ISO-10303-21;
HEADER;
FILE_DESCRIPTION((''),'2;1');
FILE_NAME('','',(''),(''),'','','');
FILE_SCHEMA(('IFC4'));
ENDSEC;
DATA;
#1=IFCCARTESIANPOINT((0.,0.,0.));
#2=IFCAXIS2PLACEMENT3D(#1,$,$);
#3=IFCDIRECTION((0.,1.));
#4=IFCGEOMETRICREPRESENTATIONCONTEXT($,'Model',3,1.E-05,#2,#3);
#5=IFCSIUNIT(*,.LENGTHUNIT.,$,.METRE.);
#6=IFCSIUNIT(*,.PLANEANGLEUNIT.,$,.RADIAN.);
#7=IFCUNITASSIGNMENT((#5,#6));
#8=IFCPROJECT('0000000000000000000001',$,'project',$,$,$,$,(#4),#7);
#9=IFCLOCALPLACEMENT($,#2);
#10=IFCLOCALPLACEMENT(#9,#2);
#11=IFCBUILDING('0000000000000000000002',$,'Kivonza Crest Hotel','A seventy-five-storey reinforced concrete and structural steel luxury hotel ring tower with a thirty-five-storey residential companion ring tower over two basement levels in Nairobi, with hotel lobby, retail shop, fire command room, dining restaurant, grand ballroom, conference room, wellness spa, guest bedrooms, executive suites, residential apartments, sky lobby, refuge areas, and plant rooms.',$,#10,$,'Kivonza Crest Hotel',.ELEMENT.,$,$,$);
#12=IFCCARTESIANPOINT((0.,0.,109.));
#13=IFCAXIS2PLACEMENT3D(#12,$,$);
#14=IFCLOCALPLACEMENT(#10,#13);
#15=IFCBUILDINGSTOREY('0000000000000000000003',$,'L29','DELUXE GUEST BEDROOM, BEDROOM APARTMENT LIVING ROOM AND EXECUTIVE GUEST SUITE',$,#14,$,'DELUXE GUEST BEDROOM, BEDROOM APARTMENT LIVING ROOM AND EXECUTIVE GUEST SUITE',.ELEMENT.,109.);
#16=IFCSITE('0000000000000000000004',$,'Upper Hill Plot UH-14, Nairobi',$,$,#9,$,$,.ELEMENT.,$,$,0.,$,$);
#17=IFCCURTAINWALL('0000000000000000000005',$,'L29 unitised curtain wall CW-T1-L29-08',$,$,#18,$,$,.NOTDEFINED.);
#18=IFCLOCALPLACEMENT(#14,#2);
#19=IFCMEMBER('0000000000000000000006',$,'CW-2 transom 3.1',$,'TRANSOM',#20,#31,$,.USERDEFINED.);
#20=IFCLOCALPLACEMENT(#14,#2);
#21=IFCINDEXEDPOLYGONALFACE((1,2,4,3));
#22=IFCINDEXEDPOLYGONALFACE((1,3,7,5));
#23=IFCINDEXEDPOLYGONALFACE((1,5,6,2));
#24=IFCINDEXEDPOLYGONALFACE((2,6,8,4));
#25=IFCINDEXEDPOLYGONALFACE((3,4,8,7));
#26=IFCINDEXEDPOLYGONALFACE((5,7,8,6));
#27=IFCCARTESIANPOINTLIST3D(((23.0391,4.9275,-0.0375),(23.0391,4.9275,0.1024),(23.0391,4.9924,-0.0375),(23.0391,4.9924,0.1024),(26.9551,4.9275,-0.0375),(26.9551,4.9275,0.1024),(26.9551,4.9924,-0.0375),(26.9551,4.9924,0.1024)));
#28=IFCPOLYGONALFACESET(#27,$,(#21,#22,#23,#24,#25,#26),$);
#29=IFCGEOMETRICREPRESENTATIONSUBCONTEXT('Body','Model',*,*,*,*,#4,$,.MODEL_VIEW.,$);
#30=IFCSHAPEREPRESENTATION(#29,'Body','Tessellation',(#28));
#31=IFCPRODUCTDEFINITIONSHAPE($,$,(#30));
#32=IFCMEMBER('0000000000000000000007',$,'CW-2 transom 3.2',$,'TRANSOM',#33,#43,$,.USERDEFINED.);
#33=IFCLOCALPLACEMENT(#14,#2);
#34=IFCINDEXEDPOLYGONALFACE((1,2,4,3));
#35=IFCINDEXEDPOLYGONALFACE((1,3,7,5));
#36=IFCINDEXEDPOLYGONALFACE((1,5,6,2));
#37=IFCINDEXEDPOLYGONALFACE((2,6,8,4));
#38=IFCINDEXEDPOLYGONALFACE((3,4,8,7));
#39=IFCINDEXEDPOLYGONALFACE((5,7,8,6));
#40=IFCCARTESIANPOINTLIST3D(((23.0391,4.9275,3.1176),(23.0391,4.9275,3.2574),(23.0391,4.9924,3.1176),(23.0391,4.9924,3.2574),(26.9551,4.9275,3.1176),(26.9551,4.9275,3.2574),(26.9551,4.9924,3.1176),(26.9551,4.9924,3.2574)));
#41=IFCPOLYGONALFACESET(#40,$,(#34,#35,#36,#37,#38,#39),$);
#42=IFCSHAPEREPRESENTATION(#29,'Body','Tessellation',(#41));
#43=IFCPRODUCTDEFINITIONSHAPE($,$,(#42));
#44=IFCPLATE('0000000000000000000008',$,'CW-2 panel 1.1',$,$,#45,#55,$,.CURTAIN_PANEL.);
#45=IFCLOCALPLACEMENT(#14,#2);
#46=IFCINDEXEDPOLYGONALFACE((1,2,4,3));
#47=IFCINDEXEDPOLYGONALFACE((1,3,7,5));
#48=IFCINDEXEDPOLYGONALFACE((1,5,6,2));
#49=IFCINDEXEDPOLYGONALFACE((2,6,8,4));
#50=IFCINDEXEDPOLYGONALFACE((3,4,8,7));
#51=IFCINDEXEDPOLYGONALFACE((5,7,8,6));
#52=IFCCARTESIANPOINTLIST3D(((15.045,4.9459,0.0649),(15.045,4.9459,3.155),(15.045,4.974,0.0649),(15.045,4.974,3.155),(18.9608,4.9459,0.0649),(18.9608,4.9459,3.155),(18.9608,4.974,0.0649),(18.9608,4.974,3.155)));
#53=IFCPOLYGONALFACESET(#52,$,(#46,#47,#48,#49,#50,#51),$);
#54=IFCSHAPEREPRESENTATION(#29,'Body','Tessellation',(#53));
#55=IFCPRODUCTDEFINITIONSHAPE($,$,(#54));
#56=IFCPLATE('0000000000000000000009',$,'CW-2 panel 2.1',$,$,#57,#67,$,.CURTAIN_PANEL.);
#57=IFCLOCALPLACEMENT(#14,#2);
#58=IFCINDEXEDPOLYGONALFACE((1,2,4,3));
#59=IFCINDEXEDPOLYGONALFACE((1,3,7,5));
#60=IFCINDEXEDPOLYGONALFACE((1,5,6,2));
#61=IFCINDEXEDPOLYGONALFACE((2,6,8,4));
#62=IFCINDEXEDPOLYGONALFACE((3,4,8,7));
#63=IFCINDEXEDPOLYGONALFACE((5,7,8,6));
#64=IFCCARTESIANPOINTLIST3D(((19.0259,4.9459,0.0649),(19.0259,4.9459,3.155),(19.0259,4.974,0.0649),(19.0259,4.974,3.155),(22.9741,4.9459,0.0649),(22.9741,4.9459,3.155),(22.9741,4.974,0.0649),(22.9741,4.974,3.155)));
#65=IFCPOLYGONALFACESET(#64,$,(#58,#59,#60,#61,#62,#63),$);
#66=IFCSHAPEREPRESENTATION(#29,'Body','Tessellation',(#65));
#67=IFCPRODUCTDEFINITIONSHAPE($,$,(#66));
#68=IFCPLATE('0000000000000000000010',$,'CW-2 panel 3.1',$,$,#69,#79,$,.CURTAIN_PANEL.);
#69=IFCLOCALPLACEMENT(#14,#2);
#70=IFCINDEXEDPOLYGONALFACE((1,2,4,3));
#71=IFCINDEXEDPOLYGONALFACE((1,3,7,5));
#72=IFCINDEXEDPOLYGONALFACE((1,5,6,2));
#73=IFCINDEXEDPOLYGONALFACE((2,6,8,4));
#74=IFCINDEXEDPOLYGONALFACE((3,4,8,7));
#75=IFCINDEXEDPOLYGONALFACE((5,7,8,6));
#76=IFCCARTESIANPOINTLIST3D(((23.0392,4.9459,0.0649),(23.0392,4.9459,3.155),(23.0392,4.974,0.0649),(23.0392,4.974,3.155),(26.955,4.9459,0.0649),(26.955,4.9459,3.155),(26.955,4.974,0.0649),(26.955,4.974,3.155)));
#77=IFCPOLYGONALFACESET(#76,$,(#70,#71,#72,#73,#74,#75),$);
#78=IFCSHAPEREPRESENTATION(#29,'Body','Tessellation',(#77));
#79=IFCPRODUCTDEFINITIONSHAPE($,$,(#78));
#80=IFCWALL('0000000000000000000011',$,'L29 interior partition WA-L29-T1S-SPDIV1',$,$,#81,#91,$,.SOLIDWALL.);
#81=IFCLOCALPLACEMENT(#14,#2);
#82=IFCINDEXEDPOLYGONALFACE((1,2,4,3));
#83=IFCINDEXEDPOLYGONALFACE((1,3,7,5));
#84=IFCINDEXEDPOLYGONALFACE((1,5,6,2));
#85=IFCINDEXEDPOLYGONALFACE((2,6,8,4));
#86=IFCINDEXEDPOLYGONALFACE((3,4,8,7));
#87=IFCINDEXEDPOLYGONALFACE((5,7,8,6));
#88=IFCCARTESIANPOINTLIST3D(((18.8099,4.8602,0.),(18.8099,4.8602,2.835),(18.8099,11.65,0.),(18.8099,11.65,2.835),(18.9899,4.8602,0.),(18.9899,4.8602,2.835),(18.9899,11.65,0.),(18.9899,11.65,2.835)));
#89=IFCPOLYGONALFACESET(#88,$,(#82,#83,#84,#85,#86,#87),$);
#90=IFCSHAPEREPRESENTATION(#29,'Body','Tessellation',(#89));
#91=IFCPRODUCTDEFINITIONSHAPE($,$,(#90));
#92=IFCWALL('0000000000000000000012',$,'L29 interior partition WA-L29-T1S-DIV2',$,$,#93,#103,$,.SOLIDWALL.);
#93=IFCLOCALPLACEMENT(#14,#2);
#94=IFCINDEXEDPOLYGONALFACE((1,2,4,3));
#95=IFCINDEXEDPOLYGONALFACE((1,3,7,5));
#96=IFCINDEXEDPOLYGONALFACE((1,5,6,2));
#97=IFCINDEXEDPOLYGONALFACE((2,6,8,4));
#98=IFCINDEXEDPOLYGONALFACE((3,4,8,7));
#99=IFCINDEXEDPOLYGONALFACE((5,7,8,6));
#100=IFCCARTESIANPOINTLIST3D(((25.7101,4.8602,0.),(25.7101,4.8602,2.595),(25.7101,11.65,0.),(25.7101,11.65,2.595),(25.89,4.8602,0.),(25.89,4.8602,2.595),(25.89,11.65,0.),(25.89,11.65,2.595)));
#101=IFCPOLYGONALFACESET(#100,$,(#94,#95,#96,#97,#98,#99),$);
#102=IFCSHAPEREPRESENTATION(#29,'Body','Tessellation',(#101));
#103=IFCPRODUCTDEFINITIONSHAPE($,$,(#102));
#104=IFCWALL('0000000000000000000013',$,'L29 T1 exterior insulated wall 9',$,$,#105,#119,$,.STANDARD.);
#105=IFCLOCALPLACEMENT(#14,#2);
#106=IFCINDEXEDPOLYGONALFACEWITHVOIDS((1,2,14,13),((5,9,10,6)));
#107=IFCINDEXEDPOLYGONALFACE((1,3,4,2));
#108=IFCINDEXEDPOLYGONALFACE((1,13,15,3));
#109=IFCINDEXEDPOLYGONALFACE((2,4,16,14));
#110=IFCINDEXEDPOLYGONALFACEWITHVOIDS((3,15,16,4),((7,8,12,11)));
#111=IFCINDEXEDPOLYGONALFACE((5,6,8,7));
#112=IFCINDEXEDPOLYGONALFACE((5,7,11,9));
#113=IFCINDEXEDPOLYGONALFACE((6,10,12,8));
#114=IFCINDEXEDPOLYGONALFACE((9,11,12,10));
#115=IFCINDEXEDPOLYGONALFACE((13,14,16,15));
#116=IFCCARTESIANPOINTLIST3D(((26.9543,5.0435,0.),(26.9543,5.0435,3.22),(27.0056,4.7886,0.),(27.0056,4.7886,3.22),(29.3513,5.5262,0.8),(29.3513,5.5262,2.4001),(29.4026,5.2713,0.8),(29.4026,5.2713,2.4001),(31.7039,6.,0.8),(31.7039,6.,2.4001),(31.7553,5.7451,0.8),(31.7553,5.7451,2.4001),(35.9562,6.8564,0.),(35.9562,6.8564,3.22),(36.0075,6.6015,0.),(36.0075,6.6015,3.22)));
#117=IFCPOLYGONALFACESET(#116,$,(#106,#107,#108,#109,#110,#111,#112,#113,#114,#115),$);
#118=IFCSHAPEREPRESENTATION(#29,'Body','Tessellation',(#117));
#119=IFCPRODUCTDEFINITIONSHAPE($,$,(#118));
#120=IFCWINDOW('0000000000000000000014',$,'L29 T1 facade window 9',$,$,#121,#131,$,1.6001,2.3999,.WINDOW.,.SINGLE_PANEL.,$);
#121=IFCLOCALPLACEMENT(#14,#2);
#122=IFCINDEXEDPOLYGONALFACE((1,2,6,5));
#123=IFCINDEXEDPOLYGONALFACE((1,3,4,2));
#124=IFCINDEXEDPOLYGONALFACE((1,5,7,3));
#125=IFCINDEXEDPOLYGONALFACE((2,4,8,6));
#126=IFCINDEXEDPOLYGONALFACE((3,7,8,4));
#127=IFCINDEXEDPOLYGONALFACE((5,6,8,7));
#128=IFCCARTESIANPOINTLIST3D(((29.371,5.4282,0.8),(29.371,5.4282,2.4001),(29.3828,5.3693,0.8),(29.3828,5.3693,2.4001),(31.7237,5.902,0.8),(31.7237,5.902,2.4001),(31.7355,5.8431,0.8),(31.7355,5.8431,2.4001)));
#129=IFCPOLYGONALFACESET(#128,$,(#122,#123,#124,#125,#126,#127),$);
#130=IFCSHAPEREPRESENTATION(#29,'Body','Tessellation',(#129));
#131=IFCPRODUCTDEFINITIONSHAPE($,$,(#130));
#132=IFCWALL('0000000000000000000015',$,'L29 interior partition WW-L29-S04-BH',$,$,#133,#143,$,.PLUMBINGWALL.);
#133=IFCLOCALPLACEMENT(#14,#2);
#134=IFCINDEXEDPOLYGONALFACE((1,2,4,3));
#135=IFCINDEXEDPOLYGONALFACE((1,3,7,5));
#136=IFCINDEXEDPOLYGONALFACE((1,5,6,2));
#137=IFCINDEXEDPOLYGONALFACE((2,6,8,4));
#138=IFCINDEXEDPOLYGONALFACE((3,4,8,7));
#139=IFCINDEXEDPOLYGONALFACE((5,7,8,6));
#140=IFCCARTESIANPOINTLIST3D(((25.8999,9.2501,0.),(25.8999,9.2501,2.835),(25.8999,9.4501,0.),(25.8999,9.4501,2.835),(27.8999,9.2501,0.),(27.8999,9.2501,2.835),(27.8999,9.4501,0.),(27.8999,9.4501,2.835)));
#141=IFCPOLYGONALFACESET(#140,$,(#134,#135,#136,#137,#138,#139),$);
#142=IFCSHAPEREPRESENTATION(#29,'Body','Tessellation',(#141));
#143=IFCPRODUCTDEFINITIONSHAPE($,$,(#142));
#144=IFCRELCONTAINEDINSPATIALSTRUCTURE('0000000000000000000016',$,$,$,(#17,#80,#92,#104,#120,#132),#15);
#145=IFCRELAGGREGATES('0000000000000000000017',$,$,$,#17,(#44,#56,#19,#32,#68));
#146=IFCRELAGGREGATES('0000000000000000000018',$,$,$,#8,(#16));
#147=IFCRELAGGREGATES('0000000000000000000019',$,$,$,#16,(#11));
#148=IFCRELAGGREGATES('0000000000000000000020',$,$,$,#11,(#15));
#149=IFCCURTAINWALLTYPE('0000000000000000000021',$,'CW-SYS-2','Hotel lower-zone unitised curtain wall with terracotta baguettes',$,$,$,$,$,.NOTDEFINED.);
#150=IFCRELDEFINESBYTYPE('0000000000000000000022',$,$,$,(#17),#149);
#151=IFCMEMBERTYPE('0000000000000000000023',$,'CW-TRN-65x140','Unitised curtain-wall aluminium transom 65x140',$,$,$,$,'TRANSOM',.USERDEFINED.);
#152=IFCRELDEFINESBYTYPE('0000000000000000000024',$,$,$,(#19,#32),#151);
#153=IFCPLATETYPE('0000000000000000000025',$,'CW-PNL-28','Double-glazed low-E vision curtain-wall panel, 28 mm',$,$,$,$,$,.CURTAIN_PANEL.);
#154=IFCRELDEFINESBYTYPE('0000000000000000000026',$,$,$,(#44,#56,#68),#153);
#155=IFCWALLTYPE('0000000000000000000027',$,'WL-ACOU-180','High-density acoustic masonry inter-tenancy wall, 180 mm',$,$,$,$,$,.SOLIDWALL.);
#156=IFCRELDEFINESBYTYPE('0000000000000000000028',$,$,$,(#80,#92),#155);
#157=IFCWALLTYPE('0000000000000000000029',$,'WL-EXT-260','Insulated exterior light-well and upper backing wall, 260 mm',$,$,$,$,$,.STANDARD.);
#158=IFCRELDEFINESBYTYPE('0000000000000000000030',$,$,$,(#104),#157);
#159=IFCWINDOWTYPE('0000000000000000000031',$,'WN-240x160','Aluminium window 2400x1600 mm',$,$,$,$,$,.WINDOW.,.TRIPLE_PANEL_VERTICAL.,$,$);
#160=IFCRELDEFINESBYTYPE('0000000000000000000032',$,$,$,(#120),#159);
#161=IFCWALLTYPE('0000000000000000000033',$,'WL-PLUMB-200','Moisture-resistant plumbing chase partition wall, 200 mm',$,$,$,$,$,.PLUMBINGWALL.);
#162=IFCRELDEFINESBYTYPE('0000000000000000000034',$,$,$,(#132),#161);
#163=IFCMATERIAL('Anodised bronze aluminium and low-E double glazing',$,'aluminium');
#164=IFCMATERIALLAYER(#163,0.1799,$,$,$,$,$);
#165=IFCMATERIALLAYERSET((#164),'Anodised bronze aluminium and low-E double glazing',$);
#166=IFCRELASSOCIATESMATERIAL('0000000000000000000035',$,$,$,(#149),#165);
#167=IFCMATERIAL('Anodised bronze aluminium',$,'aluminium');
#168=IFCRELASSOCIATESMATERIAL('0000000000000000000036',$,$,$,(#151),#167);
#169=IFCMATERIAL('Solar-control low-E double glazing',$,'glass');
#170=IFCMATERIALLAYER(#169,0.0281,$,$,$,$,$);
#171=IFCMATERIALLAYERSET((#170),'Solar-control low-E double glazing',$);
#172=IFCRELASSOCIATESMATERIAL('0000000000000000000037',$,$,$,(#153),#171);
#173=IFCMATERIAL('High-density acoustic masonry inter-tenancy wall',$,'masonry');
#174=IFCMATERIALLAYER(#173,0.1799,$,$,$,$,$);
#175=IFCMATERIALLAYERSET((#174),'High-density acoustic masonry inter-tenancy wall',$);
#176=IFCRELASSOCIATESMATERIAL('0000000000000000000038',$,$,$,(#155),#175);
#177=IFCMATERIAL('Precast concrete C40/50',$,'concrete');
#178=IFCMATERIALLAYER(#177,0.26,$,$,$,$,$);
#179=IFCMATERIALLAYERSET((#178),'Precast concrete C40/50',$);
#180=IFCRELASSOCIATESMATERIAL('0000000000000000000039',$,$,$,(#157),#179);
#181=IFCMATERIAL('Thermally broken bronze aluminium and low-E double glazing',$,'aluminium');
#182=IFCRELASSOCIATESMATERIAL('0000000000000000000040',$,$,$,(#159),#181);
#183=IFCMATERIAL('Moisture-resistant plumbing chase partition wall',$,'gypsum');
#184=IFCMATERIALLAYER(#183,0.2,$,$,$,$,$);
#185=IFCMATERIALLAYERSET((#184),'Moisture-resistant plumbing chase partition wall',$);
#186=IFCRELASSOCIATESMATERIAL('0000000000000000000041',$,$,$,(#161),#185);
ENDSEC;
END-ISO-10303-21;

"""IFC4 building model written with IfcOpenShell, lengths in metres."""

from ifc_helpers import new_model, si_unit, direction, frame, frame_2d, origin, origin_2d, place, context, subcontext, project, spatial, rectangle, extrude, material, layer, layer_set, material_profile, profile_set, type_object, element, fill, aggregate, save


model = new_model("IFC4")

# Units and contexts
model_context = context("Model", 3, precision=1e-05, world=origin(), true_north=direction((0.0, 1.0)))
body_context = subcontext(model_context, "Body", "Model", "MODEL_VIEW")
ifc_project = project(units=[si_unit("LENGTHUNIT", "METRE"), si_unit("PLANEANGLEUNIT", "RADIAN")], contexts=[model_context])

# Site, building, storey
site_placement = place(None, origin())
site = spatial("IfcSite", under=ifc_project, at=site_placement, Name="Upper Hill Plot UH-14, Nairobi", CompositionType="ELEMENT", RefElevation=0.0)
building_placement = place(site_placement, origin())
building = spatial("IfcBuilding", under=site, at=building_placement, Name="Kivonza Crest Hotel", Description="A seventy-five-storey reinforced concrete and structural steel luxury hotel ring tower with a thirty-five-storey residential companion ring tower over two basement levels in Nairobi, with hotel lobby, retail shop, fire command room, dining restaurant, grand ballroom, conference room, wellness spa, guest bedrooms, executive suites, residential apartments, sky lobby, refuge areas, and plant rooms.", LongName="Kivonza Crest Hotel", CompositionType="ELEMENT")
storey_placement = place(building_placement, frame((0.0, 0.0, 109.0)))
storey = spatial("IfcBuildingStorey", under=building, at=storey_placement, Name="L29", Description="DELUXE GUEST BEDROOM, BEDROOM APARTMENT LIVING ROOM AND EXECUTIVE GUEST SUITE", LongName="DELUXE GUEST BEDROOM, BEDROOM APARTMENT LIVING ROOM AND EXECUTIVE GUEST SUITE", CompositionType="ELEMENT", Elevation=109.0)

# Curtain wall, members, plates
ifc_material_1 = material(Name="Anodised bronze aluminium and low-E double glazing", Category="aluminium")
ifc_layer_1 = layer(ifc_material_1, 0.1799)
ifc_layer_set_1 = layer_set([ifc_layer_1], Name="Anodised bronze aluminium and low-E double glazing")
curtain_wall_type = type_object("IfcCurtainWallType", Name="CW-SYS-2", Description="Hotel lower-zone unitised curtain wall with terracotta baguettes", PredefinedType="NOTDEFINED", material=ifc_layer_set_1)
curtain_wall_placement = place(storey_placement, origin())
curtain_wall = element("IfcCurtainWall", 1, at=curtain_wall_placement, inside=storey, type_object=curtain_wall_type, Name="L29 unitised curtain wall CW-T1-L29-08", PredefinedType="NOTDEFINED")
ifc_material_2 = material(Name="Anodised bronze aluminium", Category="aluminium")
ifc_material_profile_1 = material_profile(ifc_material_2, rectangle(XDim=0.0649, YDim=0.1399, at=origin_2d()), Name="CW-T 65x140")
ifc_profile_set_1 = profile_set([ifc_material_profile_1], Name="Anodised bronze aluminium")
member_type_1 = type_object("IfcMemberType", Name="CW-TRN-65x140", Description="Unitised curtain-wall aluminium transom 65x140", ElementType="TRANSOM", PredefinedType="USERDEFINED", material=ifc_profile_set_1)
member_1_placement = place(storey_placement, frame((23.0391, 4.96, 0.0325), z_axis=(1.0, 0.0, 0.0), x_axis=(0.0, 1.0, 0.0)))
member_1 = element("IfcMember", 2, at=member_1_placement, type_object=member_type_1, Name="CW-2 transom 3.1", ObjectType="TRANSOM", PredefinedType="USERDEFINED", context=body_context, shape_type="SweptSolid", body=[
    extrude(rectangle(XDim=0.0649, YDim=0.1399, at=origin_2d()), origin(), (0.0, 0.0, 1.0), 3.916),
])
member_2_placement = place(storey_placement, frame((23.0391, 4.96, 3.1875), z_axis=(1.0, 0.0, 0.0), x_axis=(0.0, 1.0, 0.0)))
member_2 = element("IfcMember", 3, at=member_2_placement, type_object=member_type_1, Name="CW-2 transom 3.2", ObjectType="TRANSOM", PredefinedType="USERDEFINED", context=body_context, shape_type="SweptSolid", body=[
    extrude(rectangle(XDim=0.0649, YDim=0.1399, at=origin_2d()), origin(), (0.0, 0.0, 1.0), 3.916),
])
ifc_material_3 = material(Name="Solar-control low-E double glazing", Category="glass")
ifc_layer_2 = layer(ifc_material_3, 0.0281)
ifc_layer_set_2 = layer_set([ifc_layer_2], Name="Solar-control low-E double glazing")
plate_type = type_object("IfcPlateType", Name="CW-PNL-28", Description="Double-glazed low-E vision curtain-wall panel, 28 mm", PredefinedType="CURTAIN_PANEL", material=ifc_layer_set_2)
plate_1_placement = place(storey_placement, frame((17.0029, 4.96, 0.0649), z_axis=(0.0, 0.0, 1.0), x_axis=(1.0, 0.0, 0.0)))
plate_1 = element("IfcPlate", 4, at=plate_1_placement, type_object=plate_type, Name="CW-2 panel 1.1", PredefinedType="CURTAIN_PANEL", context=body_context, shape_type="SweptSolid", body=[
    extrude(rectangle(XDim=3.9158, YDim=0.0281, at=origin_2d()), origin(), (0.0, 0.0, 1.0), 3.0901),
])
plate_2_placement = place(storey_placement, frame((21.0, 4.96, 0.0649), z_axis=(0.0, 0.0, 1.0), x_axis=(1.0, 0.0, 0.0)))
plate_2 = element("IfcPlate", 5, at=plate_2_placement, type_object=plate_type, Name="CW-2 panel 2.1", PredefinedType="CURTAIN_PANEL", context=body_context, shape_type="SweptSolid", body=[
    extrude(rectangle(XDim=3.9482, YDim=0.0281, at=origin_2d()), origin(), (0.0, 0.0, 1.0), 3.0901),
])
plate_3_placement = place(storey_placement, frame((24.9971, 4.96, 0.0649), z_axis=(0.0, 0.0, 1.0), x_axis=(1.0, 0.0, 0.0)))
plate_3 = element("IfcPlate", 6, at=plate_3_placement, type_object=plate_type, Name="CW-2 panel 3.1", PredefinedType="CURTAIN_PANEL", context=body_context, shape_type="SweptSolid", body=[
    extrude(rectangle(XDim=3.9158, YDim=0.0281, at=origin_2d()), origin(), (0.0, 0.0, 1.0), 3.0901),
])
aggregate(curtain_wall, [plate_1, plate_2, member_1, member_2, plate_3])

# Walls
ifc_material_4 = material(Name="High-density acoustic masonry inter-tenancy wall", Category="masonry")
ifc_layer_3 = layer(ifc_material_4, 0.1799)
ifc_layer_set_3 = layer_set([ifc_layer_3], Name="High-density acoustic masonry inter-tenancy wall")
wall_type_1 = type_object("IfcWallType", Name="WL-ACOU-180", Description="High-density acoustic masonry inter-tenancy wall, 180 mm", PredefinedType="SOLIDWALL", material=ifc_layer_set_3)
wall_1_placement = place(storey_placement, frame((18.8999, 4.8601, 0.0), z_axis=(0.0, 0.0, 1.0), x_axis=(0.0, 1.0, 0.0)))
element("IfcWall", 7, at=wall_1_placement, inside=storey, type_object=wall_type_1, Name="L29 interior partition WA-L29-T1S-SPDIV1", PredefinedType="SOLIDWALL", context=body_context, shape_type="SweptSolid", body=[
    extrude(rectangle(XDim=6.7898, YDim=0.1799, at=frame_2d((3.395, 0.0))), origin(), (0.0, 0.0, 1.0), 2.835),
])
wall_2_placement = place(storey_placement, frame((25.8, 4.8601, 0.0), z_axis=(0.0, 0.0, 1.0), x_axis=(0.0, 1.0, 0.0)))
element("IfcWall", 8, at=wall_2_placement, inside=storey, type_object=wall_type_1, Name="L29 interior partition WA-L29-T1S-DIV2", PredefinedType="SOLIDWALL", context=body_context, shape_type="SweptSolid", body=[
    extrude(rectangle(XDim=6.7898, YDim=0.1799, at=frame_2d((3.395, 0.0))), origin(), (0.0, 0.0, 1.0), 2.595),
])

# Wall, opening, window
ifc_material_5 = material(Name="Precast concrete C40/50", Category="concrete")
ifc_layer_4 = layer(ifc_material_5, 0.26)
ifc_layer_set_4 = layer_set([ifc_layer_4], Name="Precast concrete C40/50")
wall_type_2 = type_object("IfcWallType", Name="WL-EXT-260", Description="Insulated exterior light-well and upper backing wall, 260 mm", PredefinedType="STANDARD", material=ifc_layer_set_4)
wall_3_placement = place(storey_placement, frame((26.98, 4.916, 0.0), z_axis=(0.0, 0.0, 1.0), x_axis=(0.980316, 0.197435, 0.0)))
wall_3 = element("IfcWall", 9, at=wall_3_placement, inside=storey, type_object=wall_type_2, Name="L29 T1 exterior insulated wall 9", PredefinedType="STANDARD", context=body_context, shape_type="SweptSolid", body=[
    extrude(rectangle(XDim=9.1826, YDim=0.26, at=frame_2d((4.5913, 0.0))), origin(), (0.0, 0.0, 1.0), 3.22),
])
opening_placement = place(wall_3_placement, frame((2.4451, 0.0, 0.8)))
opening = element("IfcOpeningElement", 10, at=opening_placement, cuts=wall_3, PredefinedType="OPENING", context=body_context, shape_type="SweptSolid", body=[
    extrude(rectangle(XDim=2.3999, YDim=1.6001, at=frame_2d((1.2, 0.8))), frame((0.0, 0.1401, 0.0), z_axis=(0.0, -1.0, 0.0), x_axis=(1.0, 0.0, 0.0)), (0.0, 0.0, 1.0), 0.28),
])
ifc_material_6 = material(Name="Thermally broken bronze aluminium and low-E double glazing", Category="aluminium")
window_type = type_object("IfcWindowType", Name="WN-240x160", Description="Aluminium window 2400x1600 mm", PartitioningType="TRIPLE_PANEL_VERTICAL", PredefinedType="WINDOW", material=ifc_material_6)
window_placement = place(opening_placement, origin())
window = element("IfcWindow", 11, at=window_placement, inside=storey, type_object=window_type, Name="L29 T1 facade window 9", OverallHeight=1.6001, OverallWidth=2.3999, PartitioningType="SINGLE_PANEL", PredefinedType="WINDOW", context=body_context, shape_type="SweptSolid", body=[
    extrude(rectangle(XDim=2.3999, YDim=1.6001, at=frame_2d((1.2, 0.8))), frame((0.0, 0.03, 0.0), z_axis=(0.0, -1.0, 0.0), x_axis=(1.0, 0.0, 0.0)), (0.0, 0.0, 1.0), 0.0601),
])
fill(opening, window)

# Wall
ifc_material_7 = material(Name="Moisture-resistant plumbing chase partition wall", Category="gypsum")
ifc_layer_5 = layer(ifc_material_7, 0.2)
ifc_layer_set_5 = layer_set([ifc_layer_5], Name="Moisture-resistant plumbing chase partition wall")
wall_type_3 = type_object("IfcWallType", Name="WL-PLUMB-200", Description="Moisture-resistant plumbing chase partition wall, 200 mm", PredefinedType="PLUMBINGWALL", material=ifc_layer_set_5)
wall_4_placement = place(storey_placement, frame((25.8999, 9.3501, 0.0), z_axis=(0.0, 0.0, 1.0), x_axis=(1.0, 0.0, 0.0)))
element("IfcWall", 12, at=wall_4_placement, inside=storey, type_object=wall_type_3, Name="L29 interior partition WW-L29-S04-BH", PredefinedType="PLUMBINGWALL", context=body_context, shape_type="SweptSolid", body=[
    extrude(rectangle(XDim=2.0, YDim=0.2, at=frame_2d((1.0, 0.0))), origin(), (0.0, 0.0, 1.0), 2.835),
])

save(model, "model.ifc")
